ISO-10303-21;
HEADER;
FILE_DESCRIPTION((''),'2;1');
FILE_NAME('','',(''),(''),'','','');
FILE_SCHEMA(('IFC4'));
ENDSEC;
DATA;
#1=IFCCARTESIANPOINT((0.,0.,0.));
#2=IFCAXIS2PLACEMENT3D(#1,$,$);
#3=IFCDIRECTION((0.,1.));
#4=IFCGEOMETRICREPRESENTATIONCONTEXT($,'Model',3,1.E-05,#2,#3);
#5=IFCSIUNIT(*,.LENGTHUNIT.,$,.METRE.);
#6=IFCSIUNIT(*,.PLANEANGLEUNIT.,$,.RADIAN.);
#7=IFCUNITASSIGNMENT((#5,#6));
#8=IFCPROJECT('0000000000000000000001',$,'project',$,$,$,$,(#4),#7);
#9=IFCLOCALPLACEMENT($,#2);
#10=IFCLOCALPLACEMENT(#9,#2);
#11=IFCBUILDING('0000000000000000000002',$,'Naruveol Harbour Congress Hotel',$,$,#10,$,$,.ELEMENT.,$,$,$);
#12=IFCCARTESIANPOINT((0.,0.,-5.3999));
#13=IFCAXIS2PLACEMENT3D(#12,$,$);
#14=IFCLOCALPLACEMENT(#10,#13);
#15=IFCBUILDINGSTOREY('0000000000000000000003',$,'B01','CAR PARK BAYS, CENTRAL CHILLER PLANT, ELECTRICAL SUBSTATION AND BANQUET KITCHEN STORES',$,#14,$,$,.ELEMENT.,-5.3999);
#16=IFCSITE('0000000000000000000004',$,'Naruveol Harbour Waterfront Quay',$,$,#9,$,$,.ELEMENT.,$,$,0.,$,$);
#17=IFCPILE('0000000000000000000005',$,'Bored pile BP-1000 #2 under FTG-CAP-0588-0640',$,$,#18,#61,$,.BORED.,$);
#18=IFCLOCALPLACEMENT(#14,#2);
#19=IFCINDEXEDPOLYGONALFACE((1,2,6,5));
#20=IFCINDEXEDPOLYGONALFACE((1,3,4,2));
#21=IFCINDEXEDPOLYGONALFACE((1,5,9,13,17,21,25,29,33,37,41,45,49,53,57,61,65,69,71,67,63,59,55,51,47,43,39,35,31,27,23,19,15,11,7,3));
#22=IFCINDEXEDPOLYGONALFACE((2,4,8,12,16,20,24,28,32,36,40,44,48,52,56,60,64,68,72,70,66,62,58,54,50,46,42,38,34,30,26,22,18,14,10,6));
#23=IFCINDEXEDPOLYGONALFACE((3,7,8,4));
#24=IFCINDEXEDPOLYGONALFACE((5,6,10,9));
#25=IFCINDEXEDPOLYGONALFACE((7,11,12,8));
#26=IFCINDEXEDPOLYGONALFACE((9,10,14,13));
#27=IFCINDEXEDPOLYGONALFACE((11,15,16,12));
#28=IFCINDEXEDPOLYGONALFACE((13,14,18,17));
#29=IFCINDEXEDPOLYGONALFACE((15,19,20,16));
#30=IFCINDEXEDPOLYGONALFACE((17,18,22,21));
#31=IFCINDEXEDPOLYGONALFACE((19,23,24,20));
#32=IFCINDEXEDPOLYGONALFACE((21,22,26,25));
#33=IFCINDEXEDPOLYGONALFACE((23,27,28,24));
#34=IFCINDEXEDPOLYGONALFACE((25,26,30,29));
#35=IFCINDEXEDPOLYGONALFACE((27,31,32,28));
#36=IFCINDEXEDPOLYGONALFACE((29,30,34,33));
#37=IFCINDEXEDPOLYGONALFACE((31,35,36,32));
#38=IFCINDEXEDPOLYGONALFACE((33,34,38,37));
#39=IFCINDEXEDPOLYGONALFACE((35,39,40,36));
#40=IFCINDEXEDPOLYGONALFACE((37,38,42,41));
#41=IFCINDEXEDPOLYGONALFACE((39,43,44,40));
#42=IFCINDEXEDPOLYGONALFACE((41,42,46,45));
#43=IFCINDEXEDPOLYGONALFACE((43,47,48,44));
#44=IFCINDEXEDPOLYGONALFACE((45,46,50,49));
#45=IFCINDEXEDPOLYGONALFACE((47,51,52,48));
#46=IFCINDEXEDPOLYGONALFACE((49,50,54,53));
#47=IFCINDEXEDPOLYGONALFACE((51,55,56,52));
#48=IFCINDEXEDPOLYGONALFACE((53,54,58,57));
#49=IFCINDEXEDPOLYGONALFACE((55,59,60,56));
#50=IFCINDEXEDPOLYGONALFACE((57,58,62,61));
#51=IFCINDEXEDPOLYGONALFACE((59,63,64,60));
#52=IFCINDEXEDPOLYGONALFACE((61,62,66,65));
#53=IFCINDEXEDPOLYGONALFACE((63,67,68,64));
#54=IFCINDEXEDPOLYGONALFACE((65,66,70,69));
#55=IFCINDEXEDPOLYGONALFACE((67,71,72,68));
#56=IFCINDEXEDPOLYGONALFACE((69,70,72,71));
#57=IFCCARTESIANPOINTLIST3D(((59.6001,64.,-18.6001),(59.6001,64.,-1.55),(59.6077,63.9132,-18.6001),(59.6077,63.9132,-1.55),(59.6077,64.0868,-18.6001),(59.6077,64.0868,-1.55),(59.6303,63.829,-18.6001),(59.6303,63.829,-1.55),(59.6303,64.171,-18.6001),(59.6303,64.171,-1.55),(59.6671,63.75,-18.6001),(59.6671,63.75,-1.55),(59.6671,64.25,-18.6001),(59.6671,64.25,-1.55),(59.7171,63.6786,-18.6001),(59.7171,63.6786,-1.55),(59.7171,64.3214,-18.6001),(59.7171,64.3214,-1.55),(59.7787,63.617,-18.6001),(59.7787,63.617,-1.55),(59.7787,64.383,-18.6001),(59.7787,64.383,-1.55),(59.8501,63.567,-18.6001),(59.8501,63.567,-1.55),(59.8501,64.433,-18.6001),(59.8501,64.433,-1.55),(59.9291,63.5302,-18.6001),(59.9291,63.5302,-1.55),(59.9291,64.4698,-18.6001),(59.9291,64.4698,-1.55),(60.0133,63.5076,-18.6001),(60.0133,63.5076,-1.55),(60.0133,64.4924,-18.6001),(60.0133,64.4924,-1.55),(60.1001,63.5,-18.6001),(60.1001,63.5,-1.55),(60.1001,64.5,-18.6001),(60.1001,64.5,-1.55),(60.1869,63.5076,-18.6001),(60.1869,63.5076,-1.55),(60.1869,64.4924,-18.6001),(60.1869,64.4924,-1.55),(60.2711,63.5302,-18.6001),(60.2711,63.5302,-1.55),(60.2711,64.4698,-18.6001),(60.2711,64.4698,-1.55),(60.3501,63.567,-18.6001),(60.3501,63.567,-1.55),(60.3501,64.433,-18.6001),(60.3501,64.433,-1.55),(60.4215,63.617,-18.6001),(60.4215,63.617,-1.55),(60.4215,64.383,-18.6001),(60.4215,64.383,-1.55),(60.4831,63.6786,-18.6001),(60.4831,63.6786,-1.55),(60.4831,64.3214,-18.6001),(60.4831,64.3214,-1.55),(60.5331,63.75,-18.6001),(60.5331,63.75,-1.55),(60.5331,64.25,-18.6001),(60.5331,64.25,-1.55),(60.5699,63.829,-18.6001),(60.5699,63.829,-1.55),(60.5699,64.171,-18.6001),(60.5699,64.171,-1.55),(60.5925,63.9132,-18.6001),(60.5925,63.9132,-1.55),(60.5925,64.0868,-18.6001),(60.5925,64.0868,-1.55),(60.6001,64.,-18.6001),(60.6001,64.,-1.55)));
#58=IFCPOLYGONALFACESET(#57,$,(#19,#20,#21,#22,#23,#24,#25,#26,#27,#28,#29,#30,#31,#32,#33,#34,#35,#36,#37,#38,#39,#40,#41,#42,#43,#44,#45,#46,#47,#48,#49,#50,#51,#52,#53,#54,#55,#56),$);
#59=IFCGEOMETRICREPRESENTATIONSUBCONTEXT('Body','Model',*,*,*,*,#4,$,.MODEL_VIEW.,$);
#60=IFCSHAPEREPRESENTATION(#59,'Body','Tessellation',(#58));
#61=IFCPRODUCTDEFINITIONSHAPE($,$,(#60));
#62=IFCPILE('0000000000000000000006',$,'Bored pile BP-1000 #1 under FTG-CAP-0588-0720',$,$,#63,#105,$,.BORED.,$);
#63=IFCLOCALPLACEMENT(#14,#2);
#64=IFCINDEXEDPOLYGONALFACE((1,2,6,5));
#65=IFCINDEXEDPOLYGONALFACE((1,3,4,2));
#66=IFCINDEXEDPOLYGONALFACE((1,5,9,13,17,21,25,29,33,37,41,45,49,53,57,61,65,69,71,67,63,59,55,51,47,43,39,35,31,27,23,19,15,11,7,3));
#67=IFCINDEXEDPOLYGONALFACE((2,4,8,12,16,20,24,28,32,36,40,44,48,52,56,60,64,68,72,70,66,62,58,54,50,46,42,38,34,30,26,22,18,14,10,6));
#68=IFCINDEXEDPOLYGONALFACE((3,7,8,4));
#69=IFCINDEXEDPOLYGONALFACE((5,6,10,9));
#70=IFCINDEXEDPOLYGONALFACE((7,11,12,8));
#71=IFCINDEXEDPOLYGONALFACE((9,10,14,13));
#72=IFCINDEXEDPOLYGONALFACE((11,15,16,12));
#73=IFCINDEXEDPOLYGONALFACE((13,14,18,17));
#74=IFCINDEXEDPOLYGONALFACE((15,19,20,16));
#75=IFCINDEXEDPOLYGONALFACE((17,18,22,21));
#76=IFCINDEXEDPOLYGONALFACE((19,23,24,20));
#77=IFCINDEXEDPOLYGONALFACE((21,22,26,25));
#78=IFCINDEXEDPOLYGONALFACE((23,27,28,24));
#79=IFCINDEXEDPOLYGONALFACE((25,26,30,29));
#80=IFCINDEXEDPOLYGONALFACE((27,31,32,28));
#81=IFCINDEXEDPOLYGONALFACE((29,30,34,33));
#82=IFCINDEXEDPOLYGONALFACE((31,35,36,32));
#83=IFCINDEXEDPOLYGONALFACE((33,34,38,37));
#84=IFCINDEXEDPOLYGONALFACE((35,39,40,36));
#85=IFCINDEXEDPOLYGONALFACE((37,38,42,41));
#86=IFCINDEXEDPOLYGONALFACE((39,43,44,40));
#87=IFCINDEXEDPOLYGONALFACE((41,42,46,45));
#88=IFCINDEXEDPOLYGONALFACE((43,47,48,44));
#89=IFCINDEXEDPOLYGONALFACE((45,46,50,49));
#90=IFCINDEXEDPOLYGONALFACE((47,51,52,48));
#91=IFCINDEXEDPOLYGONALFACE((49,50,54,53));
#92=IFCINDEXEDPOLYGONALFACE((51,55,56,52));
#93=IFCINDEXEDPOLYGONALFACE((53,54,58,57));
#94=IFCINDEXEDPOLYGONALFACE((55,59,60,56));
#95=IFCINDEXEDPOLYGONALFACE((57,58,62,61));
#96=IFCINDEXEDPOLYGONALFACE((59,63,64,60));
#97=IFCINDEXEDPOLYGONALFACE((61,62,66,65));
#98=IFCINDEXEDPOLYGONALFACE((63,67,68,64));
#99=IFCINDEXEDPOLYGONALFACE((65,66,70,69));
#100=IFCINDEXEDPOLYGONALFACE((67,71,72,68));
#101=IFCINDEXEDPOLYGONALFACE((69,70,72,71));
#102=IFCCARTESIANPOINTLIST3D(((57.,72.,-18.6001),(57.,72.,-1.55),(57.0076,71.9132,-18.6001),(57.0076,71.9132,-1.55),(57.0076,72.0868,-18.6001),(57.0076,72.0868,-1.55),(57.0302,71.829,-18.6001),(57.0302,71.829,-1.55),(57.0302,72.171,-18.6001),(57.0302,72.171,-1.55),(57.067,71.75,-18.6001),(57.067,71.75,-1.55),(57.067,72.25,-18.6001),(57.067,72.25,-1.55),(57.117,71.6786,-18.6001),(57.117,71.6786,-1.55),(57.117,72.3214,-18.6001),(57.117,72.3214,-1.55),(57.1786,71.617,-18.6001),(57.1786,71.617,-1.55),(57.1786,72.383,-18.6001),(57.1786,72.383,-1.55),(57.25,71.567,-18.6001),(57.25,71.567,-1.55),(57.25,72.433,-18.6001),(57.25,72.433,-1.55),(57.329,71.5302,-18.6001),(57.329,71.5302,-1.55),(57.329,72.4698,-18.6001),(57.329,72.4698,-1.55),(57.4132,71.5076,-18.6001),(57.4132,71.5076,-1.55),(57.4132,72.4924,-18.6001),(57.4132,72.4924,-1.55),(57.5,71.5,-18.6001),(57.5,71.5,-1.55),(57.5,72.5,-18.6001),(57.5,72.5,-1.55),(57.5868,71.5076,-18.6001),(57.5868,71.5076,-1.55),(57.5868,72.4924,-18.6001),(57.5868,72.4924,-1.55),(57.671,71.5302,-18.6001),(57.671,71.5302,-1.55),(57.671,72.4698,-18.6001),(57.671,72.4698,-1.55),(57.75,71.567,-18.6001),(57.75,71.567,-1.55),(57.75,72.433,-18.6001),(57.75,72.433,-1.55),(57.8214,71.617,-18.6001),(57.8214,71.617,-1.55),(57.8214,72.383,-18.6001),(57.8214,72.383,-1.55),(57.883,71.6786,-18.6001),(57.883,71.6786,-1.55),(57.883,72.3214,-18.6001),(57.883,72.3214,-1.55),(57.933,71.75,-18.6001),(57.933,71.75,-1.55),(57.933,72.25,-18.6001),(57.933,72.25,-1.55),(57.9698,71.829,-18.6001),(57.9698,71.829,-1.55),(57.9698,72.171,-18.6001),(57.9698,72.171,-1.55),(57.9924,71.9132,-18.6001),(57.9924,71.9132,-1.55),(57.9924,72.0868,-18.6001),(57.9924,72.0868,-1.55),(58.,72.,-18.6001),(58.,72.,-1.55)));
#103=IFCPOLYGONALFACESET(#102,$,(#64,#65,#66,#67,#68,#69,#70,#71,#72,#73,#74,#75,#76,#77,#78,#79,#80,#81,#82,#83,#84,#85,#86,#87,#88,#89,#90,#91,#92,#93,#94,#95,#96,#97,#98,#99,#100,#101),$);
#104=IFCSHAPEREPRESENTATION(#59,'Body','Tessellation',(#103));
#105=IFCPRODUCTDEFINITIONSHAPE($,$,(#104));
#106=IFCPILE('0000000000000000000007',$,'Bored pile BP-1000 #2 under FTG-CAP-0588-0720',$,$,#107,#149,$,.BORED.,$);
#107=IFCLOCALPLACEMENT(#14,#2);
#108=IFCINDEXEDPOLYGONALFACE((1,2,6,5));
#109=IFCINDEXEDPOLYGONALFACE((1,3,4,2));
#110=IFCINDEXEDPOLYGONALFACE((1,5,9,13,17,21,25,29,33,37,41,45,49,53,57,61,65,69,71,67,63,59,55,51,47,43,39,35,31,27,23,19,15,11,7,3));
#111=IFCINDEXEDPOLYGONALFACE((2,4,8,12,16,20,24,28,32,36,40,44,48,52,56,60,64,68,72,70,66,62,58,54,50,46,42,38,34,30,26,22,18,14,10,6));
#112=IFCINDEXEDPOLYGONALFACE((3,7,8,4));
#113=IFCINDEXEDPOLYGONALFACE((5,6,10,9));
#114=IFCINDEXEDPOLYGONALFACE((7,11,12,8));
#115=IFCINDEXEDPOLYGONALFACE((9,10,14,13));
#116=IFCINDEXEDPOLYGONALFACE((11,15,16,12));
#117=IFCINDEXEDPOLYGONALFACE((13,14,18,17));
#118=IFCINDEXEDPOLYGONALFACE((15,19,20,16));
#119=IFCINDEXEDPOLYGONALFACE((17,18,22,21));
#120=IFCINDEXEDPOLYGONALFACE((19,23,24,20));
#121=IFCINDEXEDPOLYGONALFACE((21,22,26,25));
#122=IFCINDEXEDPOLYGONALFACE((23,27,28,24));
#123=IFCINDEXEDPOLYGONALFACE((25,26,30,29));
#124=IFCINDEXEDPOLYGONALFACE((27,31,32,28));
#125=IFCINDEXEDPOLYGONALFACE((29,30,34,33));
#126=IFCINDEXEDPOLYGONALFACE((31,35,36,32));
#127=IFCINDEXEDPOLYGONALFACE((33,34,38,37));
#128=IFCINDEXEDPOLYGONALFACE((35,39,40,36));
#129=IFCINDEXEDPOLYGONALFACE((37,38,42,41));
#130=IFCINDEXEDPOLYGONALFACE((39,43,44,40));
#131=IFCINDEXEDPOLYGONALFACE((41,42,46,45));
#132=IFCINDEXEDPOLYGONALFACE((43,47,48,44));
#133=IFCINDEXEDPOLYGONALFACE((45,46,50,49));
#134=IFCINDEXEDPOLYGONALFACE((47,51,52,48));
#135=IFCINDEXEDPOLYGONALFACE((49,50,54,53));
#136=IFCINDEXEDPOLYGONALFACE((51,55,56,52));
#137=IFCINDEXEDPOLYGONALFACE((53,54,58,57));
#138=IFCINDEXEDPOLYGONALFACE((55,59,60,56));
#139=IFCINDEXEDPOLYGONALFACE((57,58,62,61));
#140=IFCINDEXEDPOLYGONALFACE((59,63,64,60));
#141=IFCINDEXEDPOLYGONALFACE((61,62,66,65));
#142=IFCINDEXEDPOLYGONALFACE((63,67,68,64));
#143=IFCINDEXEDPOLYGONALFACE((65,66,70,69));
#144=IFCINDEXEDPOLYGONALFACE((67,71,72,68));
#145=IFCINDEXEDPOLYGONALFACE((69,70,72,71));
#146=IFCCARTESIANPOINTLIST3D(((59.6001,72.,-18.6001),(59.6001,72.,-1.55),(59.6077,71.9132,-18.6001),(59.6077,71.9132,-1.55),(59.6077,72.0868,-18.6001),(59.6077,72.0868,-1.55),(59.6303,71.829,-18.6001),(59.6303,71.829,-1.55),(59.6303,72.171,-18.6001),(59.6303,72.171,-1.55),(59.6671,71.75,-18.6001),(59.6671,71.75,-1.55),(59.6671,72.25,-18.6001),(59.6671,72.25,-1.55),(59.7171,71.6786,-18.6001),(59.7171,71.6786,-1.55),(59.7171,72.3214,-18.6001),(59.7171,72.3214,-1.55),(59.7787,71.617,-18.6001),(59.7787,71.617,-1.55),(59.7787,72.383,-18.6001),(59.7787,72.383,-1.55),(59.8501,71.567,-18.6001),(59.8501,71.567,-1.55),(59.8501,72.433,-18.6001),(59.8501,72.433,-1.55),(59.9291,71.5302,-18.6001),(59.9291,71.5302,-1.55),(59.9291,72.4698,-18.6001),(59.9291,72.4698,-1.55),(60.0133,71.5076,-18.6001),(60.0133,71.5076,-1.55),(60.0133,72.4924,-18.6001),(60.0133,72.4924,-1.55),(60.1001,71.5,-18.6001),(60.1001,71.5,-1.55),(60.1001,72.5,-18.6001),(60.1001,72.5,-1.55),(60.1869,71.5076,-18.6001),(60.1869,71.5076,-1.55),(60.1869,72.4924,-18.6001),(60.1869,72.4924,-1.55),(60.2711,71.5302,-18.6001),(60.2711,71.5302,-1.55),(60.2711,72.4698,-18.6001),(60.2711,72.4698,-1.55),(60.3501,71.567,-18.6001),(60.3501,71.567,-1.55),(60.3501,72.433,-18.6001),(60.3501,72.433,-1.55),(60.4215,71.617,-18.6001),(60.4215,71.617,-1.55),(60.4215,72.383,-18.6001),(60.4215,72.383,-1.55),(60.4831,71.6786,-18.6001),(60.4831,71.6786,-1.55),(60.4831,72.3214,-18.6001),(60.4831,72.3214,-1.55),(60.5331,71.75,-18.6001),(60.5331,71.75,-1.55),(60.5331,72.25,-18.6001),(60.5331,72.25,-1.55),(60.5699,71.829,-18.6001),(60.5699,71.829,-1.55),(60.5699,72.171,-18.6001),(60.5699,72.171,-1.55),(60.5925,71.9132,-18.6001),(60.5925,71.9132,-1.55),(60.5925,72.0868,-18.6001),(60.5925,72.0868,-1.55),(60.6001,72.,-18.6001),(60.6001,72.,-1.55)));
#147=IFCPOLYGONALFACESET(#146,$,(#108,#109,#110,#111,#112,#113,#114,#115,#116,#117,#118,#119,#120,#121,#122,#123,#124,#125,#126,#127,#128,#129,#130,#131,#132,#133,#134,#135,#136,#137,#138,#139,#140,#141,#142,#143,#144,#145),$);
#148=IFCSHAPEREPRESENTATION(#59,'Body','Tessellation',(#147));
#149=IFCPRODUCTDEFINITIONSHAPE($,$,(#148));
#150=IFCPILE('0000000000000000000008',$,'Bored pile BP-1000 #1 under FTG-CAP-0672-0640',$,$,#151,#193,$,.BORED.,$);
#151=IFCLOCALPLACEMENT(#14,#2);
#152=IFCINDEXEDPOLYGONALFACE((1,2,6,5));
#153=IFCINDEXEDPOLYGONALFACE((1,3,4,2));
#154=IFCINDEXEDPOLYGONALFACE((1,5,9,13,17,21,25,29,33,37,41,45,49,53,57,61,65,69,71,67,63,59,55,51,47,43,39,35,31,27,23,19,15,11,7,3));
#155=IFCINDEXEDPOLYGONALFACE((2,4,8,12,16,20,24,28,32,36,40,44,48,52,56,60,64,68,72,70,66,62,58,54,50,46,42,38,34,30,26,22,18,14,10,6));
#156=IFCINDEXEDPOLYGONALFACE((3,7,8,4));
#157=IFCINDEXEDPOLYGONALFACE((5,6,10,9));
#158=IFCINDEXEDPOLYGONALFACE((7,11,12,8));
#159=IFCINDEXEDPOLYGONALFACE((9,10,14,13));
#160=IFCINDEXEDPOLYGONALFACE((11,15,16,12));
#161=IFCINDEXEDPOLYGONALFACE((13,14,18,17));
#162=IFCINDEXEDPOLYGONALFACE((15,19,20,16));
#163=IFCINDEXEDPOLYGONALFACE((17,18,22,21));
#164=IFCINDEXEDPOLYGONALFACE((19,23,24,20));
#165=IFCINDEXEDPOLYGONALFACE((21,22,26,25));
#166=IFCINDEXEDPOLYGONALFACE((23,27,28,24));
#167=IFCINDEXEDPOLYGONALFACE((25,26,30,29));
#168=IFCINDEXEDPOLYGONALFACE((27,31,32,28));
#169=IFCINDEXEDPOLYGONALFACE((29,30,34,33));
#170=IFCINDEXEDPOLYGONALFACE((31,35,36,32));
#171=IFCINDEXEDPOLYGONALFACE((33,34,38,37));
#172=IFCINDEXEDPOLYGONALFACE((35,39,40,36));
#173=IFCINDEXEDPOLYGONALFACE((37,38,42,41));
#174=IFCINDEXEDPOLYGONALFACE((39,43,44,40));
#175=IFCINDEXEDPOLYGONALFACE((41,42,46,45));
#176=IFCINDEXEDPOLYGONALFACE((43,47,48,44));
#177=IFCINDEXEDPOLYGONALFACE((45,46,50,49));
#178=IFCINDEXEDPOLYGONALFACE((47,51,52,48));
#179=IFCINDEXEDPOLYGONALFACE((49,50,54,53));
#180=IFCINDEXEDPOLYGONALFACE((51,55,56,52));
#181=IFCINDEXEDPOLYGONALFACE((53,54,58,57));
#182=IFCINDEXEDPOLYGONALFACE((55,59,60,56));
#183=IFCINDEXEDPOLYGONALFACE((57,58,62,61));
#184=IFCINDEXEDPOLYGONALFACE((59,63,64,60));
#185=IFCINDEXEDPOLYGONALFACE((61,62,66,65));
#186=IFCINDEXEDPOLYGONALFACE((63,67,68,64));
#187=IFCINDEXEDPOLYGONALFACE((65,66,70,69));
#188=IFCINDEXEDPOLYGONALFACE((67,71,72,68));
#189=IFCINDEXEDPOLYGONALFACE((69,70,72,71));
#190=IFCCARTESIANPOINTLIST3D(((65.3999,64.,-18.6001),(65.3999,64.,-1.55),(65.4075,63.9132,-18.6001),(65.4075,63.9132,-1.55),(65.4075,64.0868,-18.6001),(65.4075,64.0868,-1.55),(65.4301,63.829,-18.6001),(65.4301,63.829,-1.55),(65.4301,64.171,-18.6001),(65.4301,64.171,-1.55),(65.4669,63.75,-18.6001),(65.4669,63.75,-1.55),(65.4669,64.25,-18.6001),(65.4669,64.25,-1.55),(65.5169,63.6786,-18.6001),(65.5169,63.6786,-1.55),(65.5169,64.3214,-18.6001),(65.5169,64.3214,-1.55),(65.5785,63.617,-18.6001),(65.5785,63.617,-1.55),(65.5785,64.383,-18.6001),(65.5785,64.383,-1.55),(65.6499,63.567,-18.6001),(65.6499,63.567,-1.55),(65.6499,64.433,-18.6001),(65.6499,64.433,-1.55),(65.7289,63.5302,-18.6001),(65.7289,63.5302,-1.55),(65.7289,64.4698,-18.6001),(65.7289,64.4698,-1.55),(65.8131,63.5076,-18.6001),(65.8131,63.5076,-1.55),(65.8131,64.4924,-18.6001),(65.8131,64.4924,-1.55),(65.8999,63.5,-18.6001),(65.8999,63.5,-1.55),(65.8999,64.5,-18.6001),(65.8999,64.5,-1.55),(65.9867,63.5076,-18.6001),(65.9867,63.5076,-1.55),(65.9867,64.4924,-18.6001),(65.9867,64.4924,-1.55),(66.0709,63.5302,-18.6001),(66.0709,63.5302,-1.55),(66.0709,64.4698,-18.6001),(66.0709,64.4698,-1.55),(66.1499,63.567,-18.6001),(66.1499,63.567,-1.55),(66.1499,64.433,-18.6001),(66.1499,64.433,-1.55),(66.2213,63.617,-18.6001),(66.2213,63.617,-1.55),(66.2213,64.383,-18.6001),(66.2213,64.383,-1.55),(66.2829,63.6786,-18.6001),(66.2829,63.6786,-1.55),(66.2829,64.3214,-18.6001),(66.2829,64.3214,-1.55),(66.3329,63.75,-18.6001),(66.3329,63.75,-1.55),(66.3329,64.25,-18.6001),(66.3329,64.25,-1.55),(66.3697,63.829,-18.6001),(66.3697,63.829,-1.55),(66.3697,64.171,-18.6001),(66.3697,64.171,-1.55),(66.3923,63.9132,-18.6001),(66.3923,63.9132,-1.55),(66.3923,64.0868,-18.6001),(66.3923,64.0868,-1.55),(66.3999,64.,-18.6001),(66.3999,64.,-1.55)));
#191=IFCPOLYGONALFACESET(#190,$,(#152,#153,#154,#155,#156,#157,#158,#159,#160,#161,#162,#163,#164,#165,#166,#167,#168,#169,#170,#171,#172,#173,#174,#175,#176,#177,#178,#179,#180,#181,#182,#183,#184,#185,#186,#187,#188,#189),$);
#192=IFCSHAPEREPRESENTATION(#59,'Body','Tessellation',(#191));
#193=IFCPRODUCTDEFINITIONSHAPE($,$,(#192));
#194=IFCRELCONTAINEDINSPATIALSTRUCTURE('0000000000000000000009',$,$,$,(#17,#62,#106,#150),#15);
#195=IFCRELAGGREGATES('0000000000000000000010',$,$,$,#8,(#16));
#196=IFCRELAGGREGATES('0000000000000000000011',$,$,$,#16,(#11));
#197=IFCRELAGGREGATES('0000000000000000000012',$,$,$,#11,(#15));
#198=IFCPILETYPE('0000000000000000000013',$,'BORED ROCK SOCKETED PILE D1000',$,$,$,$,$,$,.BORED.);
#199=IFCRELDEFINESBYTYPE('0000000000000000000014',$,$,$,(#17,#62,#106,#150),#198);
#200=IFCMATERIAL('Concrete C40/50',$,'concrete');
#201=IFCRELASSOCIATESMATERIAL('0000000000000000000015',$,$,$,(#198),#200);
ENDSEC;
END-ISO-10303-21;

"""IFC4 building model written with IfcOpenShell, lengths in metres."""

from ifc_helpers import new_model, si_unit, direction, frame, origin, origin_2d, place, context, subcontext, project, spatial, circle, extrude, material, material_profile, profile_set, type_object, element, save


model = new_model("IFC4")

# Units and contexts
model_context = context("Model", 3, precision=1e-05, world=origin(), true_north=direction((0.0, 1.0)))
body_context = subcontext(model_context, "Body", "Model", "MODEL_VIEW")
ifc_project = project(units=[si_unit("LENGTHUNIT", "METRE"), si_unit("PLANEANGLEUNIT", "RADIAN")], contexts=[model_context])

# Site, building, storey
site_placement = place(None, origin())
site = spatial("IfcSite", under=ifc_project, at=site_placement, Name="Naruveol Harbour Waterfront Quay", CompositionType="ELEMENT", RefElevation=0.0)
building_placement = place(site_placement, origin())
building = spatial("IfcBuilding", under=site, at=building_placement, Name="Naruveol Harbour Congress Hotel", CompositionType="ELEMENT")
storey_placement = place(building_placement, frame((0.0, 0.0, -5.3999)))
storey = spatial("IfcBuildingStorey", under=building, at=storey_placement, Name="B01", Description="CAR PARK BAYS, CENTRAL CHILLER PLANT, ELECTRICAL SUBSTATION AND BANQUET KITCHEN STORES", CompositionType="ELEMENT", Elevation=-5.3999)

# Piles
ifc_material_1 = material(Name="Concrete C40/50", Category="concrete")
ifc_material_profile_1 = material_profile(ifc_material_1, circle(Radius=0.5, at=origin_2d()), Name="BP-1000")
ifc_profile_set_1 = profile_set([ifc_material_profile_1], Name="Concrete C40/50")
pile_type_1 = type_object("IfcPileType", Name="BORED ROCK SOCKETED PILE D1000", PredefinedType="BORED", material=ifc_profile_set_1)
for number, where, z_axis, x_axis, name in (
    (1, (60.1001, 64.0, -1.55), (0.0, 0.0, -1.0), (1.0, 0.0, 0.0), "Bored pile BP-1000 #2 under FTG-CAP-0588-0640"),
    (2, (57.5, 72.0, -1.55), (0.0, 0.0, -1.0), (1.0, 0.0, 0.0), "Bored pile BP-1000 #1 under FTG-CAP-0588-0720"),
    (3, (60.1001, 72.0, -1.55), (0.0, 0.0, -1.0), (1.0, 0.0, 0.0), "Bored pile BP-1000 #2 under FTG-CAP-0588-0720"),
    (4, (65.8999, 64.0, -1.55), (0.0, 0.0, -1.0), (1.0, 0.0, 0.0), "Bored pile BP-1000 #1 under FTG-CAP-0672-0640"),
):
    element("IfcPile", number, at=place(storey_placement, frame(where, z_axis=z_axis, x_axis=x_axis)), inside=storey, type_object=pile_type_1, Name=name, PredefinedType="BORED", context=body_context, shape_type="SweptSolid", body=[
        extrude(circle(Radius=0.5, at=origin_2d()), origin(), (0.0, 0.0, 1.0), 17.05),
    ])

save(model, "model.ifc")
